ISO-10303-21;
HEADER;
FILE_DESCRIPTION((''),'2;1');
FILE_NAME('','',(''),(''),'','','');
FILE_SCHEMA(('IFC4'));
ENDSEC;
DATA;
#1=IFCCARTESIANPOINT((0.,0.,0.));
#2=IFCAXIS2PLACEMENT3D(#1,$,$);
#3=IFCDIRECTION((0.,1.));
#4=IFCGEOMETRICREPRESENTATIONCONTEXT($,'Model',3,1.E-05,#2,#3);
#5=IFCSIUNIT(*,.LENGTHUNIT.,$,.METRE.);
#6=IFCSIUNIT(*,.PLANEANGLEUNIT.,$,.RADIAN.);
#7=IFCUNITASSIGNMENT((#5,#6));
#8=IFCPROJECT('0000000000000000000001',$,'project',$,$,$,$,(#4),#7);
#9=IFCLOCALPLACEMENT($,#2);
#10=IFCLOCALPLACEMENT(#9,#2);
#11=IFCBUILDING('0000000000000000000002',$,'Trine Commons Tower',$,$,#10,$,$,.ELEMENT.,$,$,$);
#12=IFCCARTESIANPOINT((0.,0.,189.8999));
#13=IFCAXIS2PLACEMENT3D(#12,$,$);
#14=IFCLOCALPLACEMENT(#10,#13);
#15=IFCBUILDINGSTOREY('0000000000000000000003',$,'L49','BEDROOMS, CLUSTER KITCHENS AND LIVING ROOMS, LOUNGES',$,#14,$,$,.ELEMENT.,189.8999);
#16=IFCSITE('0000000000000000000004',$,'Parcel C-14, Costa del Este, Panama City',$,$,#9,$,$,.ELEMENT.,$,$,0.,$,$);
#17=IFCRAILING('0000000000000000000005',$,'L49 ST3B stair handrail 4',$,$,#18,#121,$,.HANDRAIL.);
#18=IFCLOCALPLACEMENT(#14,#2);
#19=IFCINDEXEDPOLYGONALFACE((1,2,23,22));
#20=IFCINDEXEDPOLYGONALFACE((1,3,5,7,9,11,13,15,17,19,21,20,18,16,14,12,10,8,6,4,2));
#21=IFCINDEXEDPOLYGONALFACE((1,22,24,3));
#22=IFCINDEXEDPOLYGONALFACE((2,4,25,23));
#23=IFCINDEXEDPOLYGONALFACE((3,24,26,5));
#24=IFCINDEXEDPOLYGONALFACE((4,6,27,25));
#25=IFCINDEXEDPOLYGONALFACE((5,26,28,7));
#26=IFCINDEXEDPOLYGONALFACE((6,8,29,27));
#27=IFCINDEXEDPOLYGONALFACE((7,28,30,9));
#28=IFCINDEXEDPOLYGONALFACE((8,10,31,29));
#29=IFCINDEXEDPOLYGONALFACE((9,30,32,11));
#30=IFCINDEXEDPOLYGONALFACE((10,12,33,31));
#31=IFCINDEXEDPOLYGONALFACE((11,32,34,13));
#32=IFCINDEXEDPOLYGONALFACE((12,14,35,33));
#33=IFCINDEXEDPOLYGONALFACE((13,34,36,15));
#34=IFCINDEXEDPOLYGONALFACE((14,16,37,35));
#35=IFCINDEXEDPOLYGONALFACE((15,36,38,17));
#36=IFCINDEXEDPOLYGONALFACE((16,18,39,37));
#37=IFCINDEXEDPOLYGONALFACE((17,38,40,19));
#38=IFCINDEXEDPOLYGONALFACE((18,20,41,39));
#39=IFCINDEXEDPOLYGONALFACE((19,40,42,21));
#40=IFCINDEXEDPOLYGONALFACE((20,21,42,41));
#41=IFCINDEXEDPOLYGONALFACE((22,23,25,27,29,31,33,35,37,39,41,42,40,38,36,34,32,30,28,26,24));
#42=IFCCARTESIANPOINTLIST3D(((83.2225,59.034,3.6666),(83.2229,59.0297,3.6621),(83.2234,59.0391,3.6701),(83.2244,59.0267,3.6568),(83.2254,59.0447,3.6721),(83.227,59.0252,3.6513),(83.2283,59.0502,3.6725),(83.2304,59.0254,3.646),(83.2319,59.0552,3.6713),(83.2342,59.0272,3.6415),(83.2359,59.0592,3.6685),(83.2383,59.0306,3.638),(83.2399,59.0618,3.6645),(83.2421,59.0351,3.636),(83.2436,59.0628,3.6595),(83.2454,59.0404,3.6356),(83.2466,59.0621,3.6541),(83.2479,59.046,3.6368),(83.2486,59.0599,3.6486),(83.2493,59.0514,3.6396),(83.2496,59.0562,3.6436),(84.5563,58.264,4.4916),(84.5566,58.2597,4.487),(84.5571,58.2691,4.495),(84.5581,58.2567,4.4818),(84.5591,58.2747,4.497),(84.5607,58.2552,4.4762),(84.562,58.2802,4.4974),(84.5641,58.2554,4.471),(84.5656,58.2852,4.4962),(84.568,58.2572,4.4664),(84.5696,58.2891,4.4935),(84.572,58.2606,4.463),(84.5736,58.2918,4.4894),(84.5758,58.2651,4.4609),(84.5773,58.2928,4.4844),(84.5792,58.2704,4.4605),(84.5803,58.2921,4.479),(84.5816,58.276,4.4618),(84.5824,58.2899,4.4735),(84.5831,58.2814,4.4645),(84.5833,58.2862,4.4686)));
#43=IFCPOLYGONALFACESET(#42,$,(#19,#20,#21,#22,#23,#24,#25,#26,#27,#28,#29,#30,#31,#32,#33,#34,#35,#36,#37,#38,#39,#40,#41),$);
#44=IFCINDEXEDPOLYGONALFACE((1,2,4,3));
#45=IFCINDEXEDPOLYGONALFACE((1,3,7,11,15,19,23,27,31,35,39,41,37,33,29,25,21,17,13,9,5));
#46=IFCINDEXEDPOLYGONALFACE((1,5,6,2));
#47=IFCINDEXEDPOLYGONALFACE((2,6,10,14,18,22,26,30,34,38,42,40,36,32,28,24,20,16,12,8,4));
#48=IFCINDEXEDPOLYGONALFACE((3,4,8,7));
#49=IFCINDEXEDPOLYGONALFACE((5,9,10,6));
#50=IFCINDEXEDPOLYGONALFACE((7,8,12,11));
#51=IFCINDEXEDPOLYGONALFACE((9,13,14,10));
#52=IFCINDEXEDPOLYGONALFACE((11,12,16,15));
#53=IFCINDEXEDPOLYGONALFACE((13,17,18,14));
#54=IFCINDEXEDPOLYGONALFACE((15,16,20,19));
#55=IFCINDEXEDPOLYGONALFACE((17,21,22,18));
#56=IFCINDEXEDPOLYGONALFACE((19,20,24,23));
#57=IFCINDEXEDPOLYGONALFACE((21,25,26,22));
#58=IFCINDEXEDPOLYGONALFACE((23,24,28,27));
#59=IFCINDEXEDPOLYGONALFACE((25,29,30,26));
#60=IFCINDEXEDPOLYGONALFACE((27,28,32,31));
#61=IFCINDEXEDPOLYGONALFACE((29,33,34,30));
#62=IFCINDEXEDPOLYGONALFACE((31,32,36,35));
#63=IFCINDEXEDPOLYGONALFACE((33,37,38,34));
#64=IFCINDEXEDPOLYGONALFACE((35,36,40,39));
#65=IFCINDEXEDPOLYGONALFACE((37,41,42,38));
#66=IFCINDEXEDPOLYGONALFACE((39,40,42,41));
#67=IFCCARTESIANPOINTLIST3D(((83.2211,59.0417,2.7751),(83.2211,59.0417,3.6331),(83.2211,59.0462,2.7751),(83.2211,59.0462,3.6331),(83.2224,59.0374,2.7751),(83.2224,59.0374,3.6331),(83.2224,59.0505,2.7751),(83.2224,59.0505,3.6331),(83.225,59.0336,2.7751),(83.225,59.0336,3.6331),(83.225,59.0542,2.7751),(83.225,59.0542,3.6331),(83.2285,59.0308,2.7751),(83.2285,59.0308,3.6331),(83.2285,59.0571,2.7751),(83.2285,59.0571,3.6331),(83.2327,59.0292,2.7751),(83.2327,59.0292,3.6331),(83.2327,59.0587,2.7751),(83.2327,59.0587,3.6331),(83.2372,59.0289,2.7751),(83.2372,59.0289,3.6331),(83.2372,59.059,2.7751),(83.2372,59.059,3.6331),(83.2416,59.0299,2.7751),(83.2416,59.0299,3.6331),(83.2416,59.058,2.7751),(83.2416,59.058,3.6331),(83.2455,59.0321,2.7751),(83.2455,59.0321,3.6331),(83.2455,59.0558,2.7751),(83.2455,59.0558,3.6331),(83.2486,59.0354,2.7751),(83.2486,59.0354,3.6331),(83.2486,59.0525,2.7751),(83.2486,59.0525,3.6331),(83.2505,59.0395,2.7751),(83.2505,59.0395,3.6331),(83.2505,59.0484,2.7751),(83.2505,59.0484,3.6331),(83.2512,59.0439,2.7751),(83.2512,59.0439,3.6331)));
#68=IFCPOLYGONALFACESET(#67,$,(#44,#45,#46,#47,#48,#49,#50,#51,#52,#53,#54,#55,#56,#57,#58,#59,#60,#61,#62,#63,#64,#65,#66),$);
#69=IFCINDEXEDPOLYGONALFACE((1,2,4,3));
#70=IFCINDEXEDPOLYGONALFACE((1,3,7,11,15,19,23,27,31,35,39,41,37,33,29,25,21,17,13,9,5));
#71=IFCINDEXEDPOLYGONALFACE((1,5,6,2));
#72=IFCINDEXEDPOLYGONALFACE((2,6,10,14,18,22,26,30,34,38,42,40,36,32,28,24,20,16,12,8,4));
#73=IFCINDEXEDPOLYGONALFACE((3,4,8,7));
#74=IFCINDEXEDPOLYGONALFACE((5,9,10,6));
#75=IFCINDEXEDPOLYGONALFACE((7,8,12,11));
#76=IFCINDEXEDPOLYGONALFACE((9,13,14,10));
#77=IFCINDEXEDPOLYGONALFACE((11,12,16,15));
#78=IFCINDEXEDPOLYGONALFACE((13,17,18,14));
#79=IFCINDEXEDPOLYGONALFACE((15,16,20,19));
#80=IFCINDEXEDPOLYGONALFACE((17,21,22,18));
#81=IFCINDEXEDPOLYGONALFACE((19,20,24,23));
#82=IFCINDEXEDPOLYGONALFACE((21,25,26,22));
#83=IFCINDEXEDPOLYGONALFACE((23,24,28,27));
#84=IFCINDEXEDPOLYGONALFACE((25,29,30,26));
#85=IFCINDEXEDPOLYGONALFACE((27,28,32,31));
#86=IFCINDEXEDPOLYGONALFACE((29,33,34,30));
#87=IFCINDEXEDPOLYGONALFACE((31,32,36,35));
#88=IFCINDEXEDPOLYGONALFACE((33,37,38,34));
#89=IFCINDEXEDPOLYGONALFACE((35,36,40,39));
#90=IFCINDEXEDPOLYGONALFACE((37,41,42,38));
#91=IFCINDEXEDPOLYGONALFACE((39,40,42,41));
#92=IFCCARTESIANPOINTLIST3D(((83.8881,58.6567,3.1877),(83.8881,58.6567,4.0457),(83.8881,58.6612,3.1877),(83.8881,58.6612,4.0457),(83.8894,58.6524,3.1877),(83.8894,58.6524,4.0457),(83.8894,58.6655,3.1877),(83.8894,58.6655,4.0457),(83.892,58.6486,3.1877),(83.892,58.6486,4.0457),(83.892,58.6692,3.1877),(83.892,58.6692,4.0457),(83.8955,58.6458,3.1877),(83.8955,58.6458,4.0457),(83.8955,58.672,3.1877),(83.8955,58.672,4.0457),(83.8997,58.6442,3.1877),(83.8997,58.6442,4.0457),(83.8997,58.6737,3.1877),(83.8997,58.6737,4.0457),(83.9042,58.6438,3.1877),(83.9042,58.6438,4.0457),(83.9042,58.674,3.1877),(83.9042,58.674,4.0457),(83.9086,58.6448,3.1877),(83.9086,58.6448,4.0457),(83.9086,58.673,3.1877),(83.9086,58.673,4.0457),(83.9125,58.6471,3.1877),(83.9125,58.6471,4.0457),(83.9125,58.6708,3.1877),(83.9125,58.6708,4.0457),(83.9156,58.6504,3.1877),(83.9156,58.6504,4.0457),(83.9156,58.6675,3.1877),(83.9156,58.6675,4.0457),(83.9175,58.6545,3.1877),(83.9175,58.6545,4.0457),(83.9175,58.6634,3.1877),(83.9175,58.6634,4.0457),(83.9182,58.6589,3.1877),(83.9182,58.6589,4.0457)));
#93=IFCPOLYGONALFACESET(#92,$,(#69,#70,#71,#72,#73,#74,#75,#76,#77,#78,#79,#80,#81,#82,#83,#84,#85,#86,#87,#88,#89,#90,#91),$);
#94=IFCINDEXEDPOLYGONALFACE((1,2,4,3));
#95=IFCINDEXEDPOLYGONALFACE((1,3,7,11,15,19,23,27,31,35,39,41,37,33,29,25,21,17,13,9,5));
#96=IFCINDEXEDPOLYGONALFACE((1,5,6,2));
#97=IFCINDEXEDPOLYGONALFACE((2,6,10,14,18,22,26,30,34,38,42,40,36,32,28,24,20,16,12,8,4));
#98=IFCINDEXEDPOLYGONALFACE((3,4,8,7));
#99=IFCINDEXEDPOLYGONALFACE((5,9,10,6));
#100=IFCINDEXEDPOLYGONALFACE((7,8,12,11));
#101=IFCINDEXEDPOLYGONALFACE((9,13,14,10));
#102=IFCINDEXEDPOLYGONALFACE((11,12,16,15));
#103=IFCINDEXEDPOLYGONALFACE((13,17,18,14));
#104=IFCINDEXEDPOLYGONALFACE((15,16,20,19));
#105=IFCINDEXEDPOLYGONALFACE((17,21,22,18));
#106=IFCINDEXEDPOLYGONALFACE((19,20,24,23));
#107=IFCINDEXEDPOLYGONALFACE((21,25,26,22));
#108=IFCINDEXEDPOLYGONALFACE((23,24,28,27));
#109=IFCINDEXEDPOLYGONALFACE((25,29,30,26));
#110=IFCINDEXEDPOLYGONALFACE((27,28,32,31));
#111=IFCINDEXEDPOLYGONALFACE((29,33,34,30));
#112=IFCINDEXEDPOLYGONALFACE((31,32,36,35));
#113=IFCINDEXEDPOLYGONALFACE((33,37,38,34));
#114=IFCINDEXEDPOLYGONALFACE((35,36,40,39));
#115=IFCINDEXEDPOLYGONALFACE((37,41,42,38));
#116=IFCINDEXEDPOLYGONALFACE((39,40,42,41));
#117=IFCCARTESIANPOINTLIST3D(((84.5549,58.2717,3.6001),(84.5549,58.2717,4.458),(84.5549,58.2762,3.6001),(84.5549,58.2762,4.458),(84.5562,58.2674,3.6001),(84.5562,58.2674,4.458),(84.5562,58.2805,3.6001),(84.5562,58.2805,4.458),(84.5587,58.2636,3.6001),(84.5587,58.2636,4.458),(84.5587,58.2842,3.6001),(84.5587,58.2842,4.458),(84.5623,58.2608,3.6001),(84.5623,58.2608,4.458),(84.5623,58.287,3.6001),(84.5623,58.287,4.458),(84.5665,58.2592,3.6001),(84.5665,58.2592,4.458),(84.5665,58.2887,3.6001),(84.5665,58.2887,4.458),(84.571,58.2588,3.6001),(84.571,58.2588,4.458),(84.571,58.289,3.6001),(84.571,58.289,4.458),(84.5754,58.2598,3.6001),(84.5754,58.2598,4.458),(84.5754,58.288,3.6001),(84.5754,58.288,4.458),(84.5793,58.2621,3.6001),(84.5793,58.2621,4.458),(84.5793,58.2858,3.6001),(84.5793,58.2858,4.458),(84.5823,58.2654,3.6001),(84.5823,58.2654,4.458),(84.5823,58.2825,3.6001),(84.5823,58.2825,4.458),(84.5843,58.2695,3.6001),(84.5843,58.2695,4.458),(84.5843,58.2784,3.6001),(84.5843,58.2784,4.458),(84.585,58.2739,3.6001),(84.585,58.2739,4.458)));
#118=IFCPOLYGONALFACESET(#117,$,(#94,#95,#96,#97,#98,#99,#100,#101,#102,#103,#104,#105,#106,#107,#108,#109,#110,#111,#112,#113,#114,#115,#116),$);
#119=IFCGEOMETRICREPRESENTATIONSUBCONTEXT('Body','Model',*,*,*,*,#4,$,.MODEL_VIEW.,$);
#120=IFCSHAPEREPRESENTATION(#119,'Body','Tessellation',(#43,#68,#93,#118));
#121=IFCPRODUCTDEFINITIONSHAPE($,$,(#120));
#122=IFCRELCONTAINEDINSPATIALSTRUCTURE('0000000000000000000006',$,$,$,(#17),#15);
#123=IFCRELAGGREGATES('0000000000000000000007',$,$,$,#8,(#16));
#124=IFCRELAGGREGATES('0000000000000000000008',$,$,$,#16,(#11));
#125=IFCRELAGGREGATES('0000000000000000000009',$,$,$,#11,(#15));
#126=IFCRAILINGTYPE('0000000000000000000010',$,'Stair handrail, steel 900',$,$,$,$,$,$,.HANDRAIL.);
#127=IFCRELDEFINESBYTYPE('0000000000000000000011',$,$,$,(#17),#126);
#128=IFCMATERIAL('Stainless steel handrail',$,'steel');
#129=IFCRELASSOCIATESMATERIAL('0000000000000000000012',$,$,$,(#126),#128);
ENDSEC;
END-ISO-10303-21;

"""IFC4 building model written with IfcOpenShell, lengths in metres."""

from ifc_helpers import new_model, si_unit, direction, frame, origin, origin_2d, place, context, subcontext, project, spatial, circle, extrude, material, type_object, element, save


model = new_model("IFC4")

# Units and contexts
model_context = context("Model", 3, precision=1e-05, world=origin(), true_north=direction((0.0, 1.0)))
body_context = subcontext(model_context, "Body", "Model", "MODEL_VIEW")
ifc_project = project(units=[si_unit("LENGTHUNIT", "METRE"), si_unit("PLANEANGLEUNIT", "RADIAN")], contexts=[model_context])

# Site, building, storey
site_placement = place(None, origin())
site = spatial("IfcSite", under=ifc_project, at=site_placement, Name="Parcel C-14, Costa del Este, Panama City", CompositionType="ELEMENT", RefElevation=0.0)
building_placement = place(site_placement, origin())
building = spatial("IfcBuilding", under=site, at=building_placement, Name="Trine Commons Tower", CompositionType="ELEMENT")
storey_placement = place(building_placement, frame((0.0, 0.0, 189.8999)))
storey = spatial("IfcBuildingStorey", under=building, at=storey_placement, Name="L49", Description="BEDROOMS, CLUSTER KITCHENS AND LIVING ROOMS, LOUNGES", CompositionType="ELEMENT", Elevation=189.8999)

# Railing
ifc_material_1 = material(Name="Stainless steel handrail", Category="steel")
railing_type_1 = type_object("IfcRailingType", Name="Stair handrail, steel 900", PredefinedType="HANDRAIL", material=ifc_material_1)
for number, where, name in (
    (1, (83.2361, 59.0439, 2.7751), "L49 ST3B stair handrail 4"),
):
    element("IfcRailing", number, at=place(storey_placement, frame(where)), inside=storey, type_object=railing_type_1, Name=name, PredefinedType="HANDRAIL", context=body_context, shape_type="SweptSolid", body=[
        extrude(circle(Radius=0.021, at=origin_2d()), frame((0.0, 0.0, 0.8789), z_axis=(0.763405, -0.440743, 0.472185), x_axis=(0.499992, 0.86603, 0.0)), (0.0, 0.0, 1.0), 1.7471),
        extrude(circle(Radius=0.0151, at=origin_2d()), origin(), (0.0, 0.0, 1.0), 0.8579),
        extrude(circle(Radius=0.0151, at=origin_2d()), frame((0.667, -0.385, 0.4126)), (0.0, 0.0, 1.0), 0.8579),
        extrude(circle(Radius=0.0151, at=origin_2d()), frame((1.3337, -0.77, 0.825)), (0.0, 0.0, 1.0), 0.8579),
    ])

save(model, "model.ifc")
